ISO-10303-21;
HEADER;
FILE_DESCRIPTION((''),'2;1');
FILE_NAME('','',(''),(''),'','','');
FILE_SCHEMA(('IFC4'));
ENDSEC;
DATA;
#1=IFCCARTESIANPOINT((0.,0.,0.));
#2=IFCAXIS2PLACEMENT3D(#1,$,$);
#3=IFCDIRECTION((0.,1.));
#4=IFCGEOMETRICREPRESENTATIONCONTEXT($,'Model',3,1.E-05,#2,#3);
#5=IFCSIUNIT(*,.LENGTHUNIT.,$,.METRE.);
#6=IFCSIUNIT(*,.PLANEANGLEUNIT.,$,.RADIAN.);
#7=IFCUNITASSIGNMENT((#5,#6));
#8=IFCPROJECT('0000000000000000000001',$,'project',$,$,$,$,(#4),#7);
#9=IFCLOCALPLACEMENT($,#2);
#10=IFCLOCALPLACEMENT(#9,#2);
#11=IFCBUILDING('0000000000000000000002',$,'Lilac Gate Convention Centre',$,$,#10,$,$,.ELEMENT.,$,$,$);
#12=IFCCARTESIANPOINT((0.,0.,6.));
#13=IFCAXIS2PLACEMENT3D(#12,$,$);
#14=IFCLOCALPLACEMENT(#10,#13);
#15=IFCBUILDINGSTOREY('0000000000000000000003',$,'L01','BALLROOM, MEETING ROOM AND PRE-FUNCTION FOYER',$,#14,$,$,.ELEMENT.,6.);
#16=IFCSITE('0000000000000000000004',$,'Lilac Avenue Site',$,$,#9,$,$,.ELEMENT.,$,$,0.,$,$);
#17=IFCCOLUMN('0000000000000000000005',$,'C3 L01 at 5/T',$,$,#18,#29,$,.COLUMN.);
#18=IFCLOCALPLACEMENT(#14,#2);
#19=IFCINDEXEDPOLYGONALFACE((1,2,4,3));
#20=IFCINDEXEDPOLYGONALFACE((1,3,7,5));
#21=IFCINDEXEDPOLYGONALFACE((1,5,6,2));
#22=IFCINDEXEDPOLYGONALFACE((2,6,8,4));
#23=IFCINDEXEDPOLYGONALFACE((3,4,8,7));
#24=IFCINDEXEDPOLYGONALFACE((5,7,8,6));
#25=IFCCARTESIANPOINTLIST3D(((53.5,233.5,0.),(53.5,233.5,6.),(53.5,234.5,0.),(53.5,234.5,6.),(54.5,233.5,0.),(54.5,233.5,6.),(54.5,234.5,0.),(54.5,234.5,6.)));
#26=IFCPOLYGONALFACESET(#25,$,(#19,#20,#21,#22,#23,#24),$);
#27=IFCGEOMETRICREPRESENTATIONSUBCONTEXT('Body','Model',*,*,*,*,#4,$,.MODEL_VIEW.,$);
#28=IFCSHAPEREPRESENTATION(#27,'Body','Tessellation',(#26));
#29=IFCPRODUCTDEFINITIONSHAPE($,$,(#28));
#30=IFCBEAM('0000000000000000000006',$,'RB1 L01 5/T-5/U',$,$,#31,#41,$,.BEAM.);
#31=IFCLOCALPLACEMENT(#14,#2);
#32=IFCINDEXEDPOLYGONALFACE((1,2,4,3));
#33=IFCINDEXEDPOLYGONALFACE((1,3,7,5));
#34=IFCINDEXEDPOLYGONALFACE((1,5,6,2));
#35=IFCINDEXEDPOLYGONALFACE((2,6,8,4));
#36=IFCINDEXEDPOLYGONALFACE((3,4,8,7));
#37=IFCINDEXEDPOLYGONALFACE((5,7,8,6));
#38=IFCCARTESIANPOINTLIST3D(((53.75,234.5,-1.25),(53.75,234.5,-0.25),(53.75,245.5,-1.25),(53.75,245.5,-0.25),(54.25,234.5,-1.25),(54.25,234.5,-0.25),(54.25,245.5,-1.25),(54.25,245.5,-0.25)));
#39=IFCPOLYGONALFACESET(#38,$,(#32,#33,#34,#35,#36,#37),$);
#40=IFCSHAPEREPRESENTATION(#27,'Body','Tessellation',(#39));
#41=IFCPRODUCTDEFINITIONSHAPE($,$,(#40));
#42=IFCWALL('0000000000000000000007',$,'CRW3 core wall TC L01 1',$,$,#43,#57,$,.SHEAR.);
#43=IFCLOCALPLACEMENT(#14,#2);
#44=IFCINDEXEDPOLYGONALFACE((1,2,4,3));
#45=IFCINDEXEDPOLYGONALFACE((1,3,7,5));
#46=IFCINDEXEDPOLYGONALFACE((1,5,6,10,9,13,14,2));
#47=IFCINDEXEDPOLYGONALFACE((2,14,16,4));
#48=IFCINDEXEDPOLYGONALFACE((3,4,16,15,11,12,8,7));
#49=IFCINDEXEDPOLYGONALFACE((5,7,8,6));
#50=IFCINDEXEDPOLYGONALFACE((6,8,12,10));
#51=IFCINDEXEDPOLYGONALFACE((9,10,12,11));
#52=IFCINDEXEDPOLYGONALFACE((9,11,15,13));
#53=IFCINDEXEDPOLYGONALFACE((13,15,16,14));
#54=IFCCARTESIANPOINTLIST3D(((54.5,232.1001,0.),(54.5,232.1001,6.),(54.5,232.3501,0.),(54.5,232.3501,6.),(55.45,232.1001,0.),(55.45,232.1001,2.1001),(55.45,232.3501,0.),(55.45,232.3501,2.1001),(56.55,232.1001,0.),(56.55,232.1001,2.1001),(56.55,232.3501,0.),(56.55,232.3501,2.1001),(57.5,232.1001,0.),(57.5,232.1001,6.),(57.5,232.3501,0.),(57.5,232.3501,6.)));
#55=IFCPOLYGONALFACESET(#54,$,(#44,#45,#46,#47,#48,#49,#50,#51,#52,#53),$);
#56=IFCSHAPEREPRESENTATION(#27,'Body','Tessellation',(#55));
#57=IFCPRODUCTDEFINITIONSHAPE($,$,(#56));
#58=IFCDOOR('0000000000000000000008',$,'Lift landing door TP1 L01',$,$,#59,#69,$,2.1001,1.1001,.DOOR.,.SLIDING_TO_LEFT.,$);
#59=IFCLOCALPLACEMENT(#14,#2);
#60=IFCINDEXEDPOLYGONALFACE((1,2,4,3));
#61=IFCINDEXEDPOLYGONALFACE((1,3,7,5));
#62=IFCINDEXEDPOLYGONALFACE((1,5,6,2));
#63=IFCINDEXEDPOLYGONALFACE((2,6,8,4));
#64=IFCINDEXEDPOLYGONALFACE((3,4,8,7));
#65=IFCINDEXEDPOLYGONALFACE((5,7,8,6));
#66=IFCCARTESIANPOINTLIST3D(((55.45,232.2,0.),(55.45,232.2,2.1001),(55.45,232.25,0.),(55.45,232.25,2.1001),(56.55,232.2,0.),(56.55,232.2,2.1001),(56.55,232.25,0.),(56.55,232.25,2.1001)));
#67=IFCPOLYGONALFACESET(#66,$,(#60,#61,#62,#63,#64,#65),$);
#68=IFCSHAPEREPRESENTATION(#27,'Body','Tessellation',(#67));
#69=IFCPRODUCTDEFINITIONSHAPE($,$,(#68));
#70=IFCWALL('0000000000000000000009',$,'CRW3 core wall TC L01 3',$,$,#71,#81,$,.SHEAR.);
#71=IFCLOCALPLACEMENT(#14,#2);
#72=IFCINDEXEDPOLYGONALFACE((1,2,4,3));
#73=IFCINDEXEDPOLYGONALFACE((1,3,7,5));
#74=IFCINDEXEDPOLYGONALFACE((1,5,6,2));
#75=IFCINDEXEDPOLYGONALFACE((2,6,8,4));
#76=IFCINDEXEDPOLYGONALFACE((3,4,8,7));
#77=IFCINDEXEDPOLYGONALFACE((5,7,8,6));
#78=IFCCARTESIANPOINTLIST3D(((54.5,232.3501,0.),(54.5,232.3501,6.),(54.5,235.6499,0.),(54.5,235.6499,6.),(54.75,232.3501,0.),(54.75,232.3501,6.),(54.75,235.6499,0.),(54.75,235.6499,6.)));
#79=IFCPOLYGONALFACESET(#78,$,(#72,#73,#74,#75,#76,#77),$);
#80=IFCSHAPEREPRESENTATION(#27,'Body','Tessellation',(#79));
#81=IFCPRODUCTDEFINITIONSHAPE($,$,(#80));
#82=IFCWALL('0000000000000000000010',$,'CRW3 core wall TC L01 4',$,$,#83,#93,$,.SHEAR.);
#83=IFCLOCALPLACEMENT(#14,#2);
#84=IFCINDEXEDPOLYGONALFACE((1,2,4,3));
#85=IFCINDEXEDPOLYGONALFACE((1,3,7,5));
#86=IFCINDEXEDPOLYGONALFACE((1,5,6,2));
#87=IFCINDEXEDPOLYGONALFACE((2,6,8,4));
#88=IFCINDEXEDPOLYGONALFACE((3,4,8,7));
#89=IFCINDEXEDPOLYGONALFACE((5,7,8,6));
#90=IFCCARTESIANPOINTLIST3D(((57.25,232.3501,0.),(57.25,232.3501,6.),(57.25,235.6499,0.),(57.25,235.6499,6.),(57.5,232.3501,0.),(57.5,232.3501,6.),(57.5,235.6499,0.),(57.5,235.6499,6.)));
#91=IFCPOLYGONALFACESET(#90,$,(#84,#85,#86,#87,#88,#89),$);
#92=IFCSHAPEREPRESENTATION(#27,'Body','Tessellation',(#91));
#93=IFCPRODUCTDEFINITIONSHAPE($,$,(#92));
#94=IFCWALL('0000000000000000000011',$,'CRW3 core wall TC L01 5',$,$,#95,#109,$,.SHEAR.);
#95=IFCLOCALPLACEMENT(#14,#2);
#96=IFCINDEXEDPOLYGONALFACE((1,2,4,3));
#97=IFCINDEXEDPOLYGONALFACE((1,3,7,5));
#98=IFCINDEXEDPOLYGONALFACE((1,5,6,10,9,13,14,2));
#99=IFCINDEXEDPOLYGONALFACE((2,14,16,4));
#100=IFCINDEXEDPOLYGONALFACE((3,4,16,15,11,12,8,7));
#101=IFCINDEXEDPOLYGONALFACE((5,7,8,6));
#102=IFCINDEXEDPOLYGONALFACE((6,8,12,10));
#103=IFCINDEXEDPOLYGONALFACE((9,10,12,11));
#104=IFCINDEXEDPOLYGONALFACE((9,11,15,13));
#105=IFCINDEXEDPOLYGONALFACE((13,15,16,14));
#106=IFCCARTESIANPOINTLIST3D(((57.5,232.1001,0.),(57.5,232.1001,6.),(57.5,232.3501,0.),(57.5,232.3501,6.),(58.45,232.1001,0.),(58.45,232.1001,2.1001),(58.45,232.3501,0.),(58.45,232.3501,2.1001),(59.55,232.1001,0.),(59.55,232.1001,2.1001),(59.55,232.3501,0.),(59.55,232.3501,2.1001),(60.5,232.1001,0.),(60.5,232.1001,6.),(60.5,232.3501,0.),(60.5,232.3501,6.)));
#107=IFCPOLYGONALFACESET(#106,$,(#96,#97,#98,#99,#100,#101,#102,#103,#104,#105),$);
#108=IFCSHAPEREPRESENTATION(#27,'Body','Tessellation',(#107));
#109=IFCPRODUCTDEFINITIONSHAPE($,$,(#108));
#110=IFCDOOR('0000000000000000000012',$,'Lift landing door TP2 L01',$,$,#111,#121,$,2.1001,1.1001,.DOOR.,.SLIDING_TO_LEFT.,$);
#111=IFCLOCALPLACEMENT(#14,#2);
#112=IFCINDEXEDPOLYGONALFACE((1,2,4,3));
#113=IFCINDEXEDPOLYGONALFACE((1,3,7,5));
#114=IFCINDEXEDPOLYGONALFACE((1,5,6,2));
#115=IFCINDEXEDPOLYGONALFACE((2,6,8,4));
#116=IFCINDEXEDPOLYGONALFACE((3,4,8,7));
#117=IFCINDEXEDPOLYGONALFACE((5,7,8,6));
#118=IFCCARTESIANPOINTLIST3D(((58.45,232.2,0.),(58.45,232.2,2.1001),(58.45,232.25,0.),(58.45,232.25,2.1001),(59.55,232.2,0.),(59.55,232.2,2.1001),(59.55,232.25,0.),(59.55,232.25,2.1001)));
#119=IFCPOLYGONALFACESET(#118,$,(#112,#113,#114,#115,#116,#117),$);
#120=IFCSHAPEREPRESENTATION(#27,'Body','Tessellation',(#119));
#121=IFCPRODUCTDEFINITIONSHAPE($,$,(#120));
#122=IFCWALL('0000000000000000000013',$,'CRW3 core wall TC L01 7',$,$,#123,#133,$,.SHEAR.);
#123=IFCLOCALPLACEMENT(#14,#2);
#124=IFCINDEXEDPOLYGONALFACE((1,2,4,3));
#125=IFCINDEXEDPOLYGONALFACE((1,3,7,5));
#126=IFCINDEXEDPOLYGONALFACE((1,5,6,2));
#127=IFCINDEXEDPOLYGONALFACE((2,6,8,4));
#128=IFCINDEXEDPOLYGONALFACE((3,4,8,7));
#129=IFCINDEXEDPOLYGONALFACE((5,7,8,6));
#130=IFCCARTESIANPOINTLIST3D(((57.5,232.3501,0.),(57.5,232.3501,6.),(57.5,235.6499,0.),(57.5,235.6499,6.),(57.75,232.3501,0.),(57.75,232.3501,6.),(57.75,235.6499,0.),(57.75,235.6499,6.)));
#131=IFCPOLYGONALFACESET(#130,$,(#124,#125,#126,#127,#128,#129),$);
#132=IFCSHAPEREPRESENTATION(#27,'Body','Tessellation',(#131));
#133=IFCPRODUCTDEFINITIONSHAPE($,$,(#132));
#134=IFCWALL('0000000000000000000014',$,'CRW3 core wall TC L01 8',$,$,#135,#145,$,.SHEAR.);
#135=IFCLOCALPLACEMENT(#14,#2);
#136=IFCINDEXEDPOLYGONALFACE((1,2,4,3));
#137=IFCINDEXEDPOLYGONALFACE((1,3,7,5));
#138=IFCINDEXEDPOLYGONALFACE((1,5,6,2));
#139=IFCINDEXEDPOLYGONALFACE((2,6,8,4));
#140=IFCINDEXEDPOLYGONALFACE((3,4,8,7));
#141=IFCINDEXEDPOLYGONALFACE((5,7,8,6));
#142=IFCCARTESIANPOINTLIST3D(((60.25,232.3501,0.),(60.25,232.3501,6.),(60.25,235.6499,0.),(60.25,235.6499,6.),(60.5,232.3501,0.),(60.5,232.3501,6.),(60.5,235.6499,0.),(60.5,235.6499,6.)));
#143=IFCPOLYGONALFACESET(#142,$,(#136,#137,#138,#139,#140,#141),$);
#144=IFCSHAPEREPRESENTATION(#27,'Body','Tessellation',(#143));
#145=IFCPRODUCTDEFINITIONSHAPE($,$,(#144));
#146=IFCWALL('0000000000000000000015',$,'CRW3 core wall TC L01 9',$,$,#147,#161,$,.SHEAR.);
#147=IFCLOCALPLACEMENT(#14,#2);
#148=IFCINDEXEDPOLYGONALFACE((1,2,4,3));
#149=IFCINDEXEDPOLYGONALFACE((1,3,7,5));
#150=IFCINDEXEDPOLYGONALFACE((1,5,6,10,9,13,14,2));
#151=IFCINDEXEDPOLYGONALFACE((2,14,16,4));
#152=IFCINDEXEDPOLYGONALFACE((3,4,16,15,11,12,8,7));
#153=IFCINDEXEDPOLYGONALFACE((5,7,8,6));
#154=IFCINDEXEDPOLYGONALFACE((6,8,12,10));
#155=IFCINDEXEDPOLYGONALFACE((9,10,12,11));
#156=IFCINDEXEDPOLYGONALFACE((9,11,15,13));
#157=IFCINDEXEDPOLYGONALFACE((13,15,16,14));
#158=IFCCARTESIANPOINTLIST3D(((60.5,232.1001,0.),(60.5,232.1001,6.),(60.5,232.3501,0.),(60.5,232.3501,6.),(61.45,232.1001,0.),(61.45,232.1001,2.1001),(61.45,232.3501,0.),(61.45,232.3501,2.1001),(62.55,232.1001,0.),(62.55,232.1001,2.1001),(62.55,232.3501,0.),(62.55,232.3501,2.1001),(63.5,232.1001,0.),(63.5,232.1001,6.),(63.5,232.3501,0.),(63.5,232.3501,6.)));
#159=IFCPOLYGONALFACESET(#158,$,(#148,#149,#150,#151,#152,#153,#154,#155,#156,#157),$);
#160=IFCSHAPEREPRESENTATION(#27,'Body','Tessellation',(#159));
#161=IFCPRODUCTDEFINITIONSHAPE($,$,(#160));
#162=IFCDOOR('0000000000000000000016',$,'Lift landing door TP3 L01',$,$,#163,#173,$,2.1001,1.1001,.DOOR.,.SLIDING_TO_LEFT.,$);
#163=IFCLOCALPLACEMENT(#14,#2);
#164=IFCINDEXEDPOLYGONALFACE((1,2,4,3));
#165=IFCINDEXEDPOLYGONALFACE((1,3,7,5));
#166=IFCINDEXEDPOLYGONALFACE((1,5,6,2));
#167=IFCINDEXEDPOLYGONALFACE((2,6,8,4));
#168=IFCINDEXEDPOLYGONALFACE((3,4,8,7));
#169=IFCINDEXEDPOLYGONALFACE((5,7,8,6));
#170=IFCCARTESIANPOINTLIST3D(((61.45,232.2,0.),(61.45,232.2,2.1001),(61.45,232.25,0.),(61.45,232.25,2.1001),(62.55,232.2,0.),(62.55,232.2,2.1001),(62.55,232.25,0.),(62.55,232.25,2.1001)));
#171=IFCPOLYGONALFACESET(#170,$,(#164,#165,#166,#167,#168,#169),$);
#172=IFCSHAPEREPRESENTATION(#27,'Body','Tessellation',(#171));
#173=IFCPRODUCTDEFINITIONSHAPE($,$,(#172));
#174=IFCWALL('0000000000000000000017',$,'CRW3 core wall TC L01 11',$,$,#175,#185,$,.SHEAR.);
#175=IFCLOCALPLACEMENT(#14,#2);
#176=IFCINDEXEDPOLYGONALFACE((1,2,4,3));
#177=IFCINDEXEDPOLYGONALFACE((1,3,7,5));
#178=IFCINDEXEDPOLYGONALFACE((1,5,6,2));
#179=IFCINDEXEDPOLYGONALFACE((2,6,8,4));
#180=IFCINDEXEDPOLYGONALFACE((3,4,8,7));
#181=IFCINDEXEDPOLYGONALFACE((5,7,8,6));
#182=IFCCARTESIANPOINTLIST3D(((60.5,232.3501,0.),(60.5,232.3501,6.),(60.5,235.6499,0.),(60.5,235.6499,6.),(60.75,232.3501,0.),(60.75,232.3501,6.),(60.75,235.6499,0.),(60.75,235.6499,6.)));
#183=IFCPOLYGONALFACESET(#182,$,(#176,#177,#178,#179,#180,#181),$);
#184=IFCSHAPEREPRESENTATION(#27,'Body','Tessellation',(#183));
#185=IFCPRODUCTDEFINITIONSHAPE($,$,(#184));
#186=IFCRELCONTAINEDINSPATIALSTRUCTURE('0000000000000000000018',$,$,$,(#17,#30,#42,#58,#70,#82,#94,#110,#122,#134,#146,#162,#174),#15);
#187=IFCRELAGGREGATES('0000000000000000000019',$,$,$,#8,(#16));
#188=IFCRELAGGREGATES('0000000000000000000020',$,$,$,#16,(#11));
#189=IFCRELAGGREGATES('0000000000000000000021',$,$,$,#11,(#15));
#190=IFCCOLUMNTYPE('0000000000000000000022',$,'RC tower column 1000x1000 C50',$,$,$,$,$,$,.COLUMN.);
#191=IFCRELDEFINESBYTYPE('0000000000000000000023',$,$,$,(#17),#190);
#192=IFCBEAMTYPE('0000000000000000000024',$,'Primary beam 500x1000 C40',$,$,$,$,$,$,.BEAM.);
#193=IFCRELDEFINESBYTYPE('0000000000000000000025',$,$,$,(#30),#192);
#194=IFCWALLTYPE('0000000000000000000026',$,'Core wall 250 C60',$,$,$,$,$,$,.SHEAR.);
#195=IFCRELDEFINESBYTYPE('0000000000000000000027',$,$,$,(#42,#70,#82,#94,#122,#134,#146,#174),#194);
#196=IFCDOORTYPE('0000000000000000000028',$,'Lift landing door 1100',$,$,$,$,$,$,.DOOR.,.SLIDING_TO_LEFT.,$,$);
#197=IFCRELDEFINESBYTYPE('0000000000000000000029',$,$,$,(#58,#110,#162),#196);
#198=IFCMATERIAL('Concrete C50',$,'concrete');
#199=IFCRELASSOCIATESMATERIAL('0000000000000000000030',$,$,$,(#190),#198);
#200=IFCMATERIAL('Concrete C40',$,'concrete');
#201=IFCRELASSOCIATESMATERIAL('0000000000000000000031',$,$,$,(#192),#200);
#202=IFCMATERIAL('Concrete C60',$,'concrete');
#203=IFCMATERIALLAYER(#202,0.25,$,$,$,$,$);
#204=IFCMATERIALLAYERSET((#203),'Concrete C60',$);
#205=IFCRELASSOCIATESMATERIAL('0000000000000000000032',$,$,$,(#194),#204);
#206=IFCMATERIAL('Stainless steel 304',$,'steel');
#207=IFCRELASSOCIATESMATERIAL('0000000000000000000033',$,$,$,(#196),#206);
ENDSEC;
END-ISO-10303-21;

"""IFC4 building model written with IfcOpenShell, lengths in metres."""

from ifc_helpers import new_model, si_unit, direction, frame, frame_2d, origin, origin_2d, place, context, subcontext, project, spatial, rectangle, extrude, material, layer, layer_set, material_profile, profile_set, type_object, element, fill, save


model = new_model("IFC4")

# Units and contexts
model_context = context("Model", 3, precision=1e-05, world=origin(), true_north=direction((0.0, 1.0)))
body_context = subcontext(model_context, "Body", "Model", "MODEL_VIEW")
ifc_project = project(units=[si_unit("LENGTHUNIT", "METRE"), si_unit("PLANEANGLEUNIT", "RADIAN")], contexts=[model_context])

# Site, building, storey
site_placement = place(None, origin())
site = spatial("IfcSite", under=ifc_project, at=site_placement, Name="Lilac Avenue Site", CompositionType="ELEMENT", RefElevation=0.0)
building_placement = place(site_placement, origin())
building = spatial("IfcBuilding", under=site, at=building_placement, Name="Lilac Gate Convention Centre", CompositionType="ELEMENT")
storey_placement = place(building_placement, frame((0.0, 0.0, 6.0)))
storey = spatial("IfcBuildingStorey", under=building, at=storey_placement, Name="L01", Description="BALLROOM, MEETING ROOM AND PRE-FUNCTION FOYER", CompositionType="ELEMENT", Elevation=6.0)

# Column
ifc_material_1 = material(Name="Concrete C50", Category="concrete")
ifc_material_profile_1 = material_profile(ifc_material_1, rectangle(XDim=1.0, YDim=1.0, at=origin_2d()), Name="RC 1000x1000")
ifc_profile_set_1 = profile_set([ifc_material_profile_1], Name="Concrete C50")
column_type = type_object("IfcColumnType", Name="RC tower column 1000x1000 C50", PredefinedType="COLUMN", material=ifc_profile_set_1)
column_placement = place(storey_placement, frame((54.0, 234.0, 0.0), z_axis=(0.0, 0.0, 1.0), x_axis=(1.0, 0.0, 0.0)))
element("IfcColumn", 1, at=column_placement, inside=storey, type_object=column_type, Name="C3 L01 at 5/T", PredefinedType="COLUMN", context=body_context, shape_type="SweptSolid", body=[
    extrude(rectangle(XDim=1.0, YDim=1.0, at=origin_2d()), origin(), (0.0, 0.0, 1.0), 6.0),
])

# Beam
ifc_material_2 = material(Name="Concrete C40", Category="concrete")
ifc_material_profile_2 = material_profile(ifc_material_2, rectangle(XDim=0.5, YDim=1.0, at=origin_2d()), Name="RC 500x1000")
ifc_profile_set_2 = profile_set([ifc_material_profile_2], Name="Concrete C40")
beam_type = type_object("IfcBeamType", Name="Primary beam 500x1000 C40", PredefinedType="BEAM", material=ifc_profile_set_2)
beam_placement = place(storey_placement, frame((54.0, 234.5, -0.75), z_axis=(0.0, 1.0, 0.0), x_axis=(-1.0, 0.0, 0.0)))
element("IfcBeam", 2, at=beam_placement, inside=storey, type_object=beam_type, Name="RB1 L01 5/T-5/U", PredefinedType="BEAM", context=body_context, shape_type="SweptSolid", body=[
    extrude(rectangle(XDim=0.5, YDim=1.0, at=origin_2d()), origin(), (0.0, 0.0, 1.0), 11.0),
])

# Wall, opening, door
ifc_material_3 = material(Name="Concrete C60", Category="concrete")
ifc_layer = layer(ifc_material_3, 0.25)
ifc_layer_set = layer_set([ifc_layer], Name="Concrete C60")
wall_type = type_object("IfcWallType", Name="Core wall 250 C60", PredefinedType="SHEAR", material=ifc_layer_set)
wall_1_placement = place(storey_placement, frame((54.5, 232.2251, 0.0), z_axis=(0.0, 0.0, 1.0), x_axis=(1.0, 0.0, 0.0)))
wall_1 = element("IfcWall", 3, at=wall_1_placement, inside=storey, type_object=wall_type, Name="CRW3 core wall TC L01 1", PredefinedType="SHEAR", context=body_context, shape_type="SweptSolid", body=[
    extrude(rectangle(XDim=3.0, YDim=0.25, at=frame_2d((1.5, 0.0))), origin(), (0.0, 0.0, 1.0), 6.0),
])
opening_1_placement = place(wall_1_placement, frame((0.95, 0.0, 0.0)))
opening_1 = element("IfcOpeningElement", 4, at=opening_1_placement, cuts=wall_1, PredefinedType="OPENING", context=body_context, shape_type="SweptSolid", body=[
    extrude(rectangle(XDim=1.1001, YDim=2.1001, at=frame_2d((0.55, 1.05))), frame((0.0, 0.135, 0.0), z_axis=(0.0, -1.0, 0.0), x_axis=(1.0, 0.0, 0.0)), (0.0, 0.0, 1.0), 0.27),
])
ifc_material_4 = material(Name="Stainless steel 304", Category="steel")
door_type = type_object("IfcDoorType", Name="Lift landing door 1100", OperationType="SLIDING_TO_LEFT", PredefinedType="DOOR", material=ifc_material_4)
door_1_placement = place(opening_1_placement, origin())
door_1 = element("IfcDoor", 5, at=door_1_placement, inside=storey, type_object=door_type, Name="Lift landing door TP1 L01", OperationType="SLIDING_TO_LEFT", OverallHeight=2.1001, OverallWidth=1.1001, PredefinedType="DOOR", context=body_context, shape_type="SweptSolid", body=[
    extrude(rectangle(XDim=1.1001, YDim=2.1001, at=frame_2d((0.55, 1.05))), frame((0.0, 0.0249, 0.0), z_axis=(0.0, -1.0, 0.0), x_axis=(1.0, 0.0, 0.0)), (0.0, 0.0, 1.0), 0.05),
])
fill(opening_1, door_1)

# Walls
for number, where, z_axis, x_axis, name in (
    (6, (54.625, 232.3501, 0.0), (0.0, 0.0, 1.0), (0.0, 1.0, 0.0), "CRW3 core wall TC L01 3"),
    (7, (57.375, 232.3501, 0.0), (0.0, 0.0, 1.0), (0.0, 1.0, 0.0), "CRW3 core wall TC L01 4"),
):
    element("IfcWall", number, at=place(storey_placement, frame(where, z_axis=z_axis, x_axis=x_axis)), inside=storey, type_object=wall_type, Name=name, PredefinedType="SHEAR", context=body_context, shape_type="SweptSolid", body=[
        extrude(rectangle(XDim=3.2998, YDim=0.25, at=frame_2d((1.6499, 0.0))), origin(), (0.0, 0.0, 1.0), 6.0),
    ])

# Wall, opening, door
wall_2_placement = place(storey_placement, frame((57.5, 232.2251, 0.0), z_axis=(0.0, 0.0, 1.0), x_axis=(1.0, 0.0, 0.0)))
wall_2 = element("IfcWall", 8, at=wall_2_placement, inside=storey, type_object=wall_type, Name="CRW3 core wall TC L01 5", PredefinedType="SHEAR", context=body_context, shape_type="SweptSolid", body=[
    extrude(rectangle(XDim=3.0, YDim=0.25, at=frame_2d((1.5, 0.0))), origin(), (0.0, 0.0, 1.0), 6.0),
])
opening_2_placement = place(wall_2_placement, frame((0.95, 0.0, 0.0)))
opening_2 = element("IfcOpeningElement", 9, at=opening_2_placement, cuts=wall_2, PredefinedType="OPENING", context=body_context, shape_type="SweptSolid", body=[
    extrude(rectangle(XDim=1.1001, YDim=2.1001, at=frame_2d((0.55, 1.05))), frame((0.0, 0.135, 0.0), z_axis=(0.0, -1.0, 0.0), x_axis=(1.0, 0.0, 0.0)), (0.0, 0.0, 1.0), 0.27),
])
door_2_placement = place(opening_2_placement, origin())
door_2 = element("IfcDoor", 10, at=door_2_placement, inside=storey, type_object=door_type, Name="Lift landing door TP2 L01", OperationType="SLIDING_TO_LEFT", OverallHeight=2.1001, OverallWidth=1.1001, PredefinedType="DOOR", context=body_context, shape_type="SweptSolid", body=[
    extrude(rectangle(XDim=1.1001, YDim=2.1001, at=frame_2d((0.55, 1.05))), frame((0.0, 0.0249, 0.0), z_axis=(0.0, -1.0, 0.0), x_axis=(1.0, 0.0, 0.0)), (0.0, 0.0, 1.0), 0.05),
])
fill(opening_2, door_2)

# Walls
for number, where, z_axis, x_axis, name in (
    (11, (57.625, 232.3501, 0.0), (0.0, 0.0, 1.0), (0.0, 1.0, 0.0), "CRW3 core wall TC L01 7"),
    (12, (60.375, 232.3501, 0.0), (0.0, 0.0, 1.0), (0.0, 1.0, 0.0), "CRW3 core wall TC L01 8"),
):
    element("IfcWall", number, at=place(storey_placement, frame(where, z_axis=z_axis, x_axis=x_axis)), inside=storey, type_object=wall_type, Name=name, PredefinedType="SHEAR", context=body_context, shape_type="SweptSolid", body=[
        extrude(rectangle(XDim=3.2998, YDim=0.25, at=frame_2d((1.6499, 0.0))), origin(), (0.0, 0.0, 1.0), 6.0),
    ])

# Wall, opening, door
wall_3_placement = place(storey_placement, frame((60.5, 232.2251, 0.0), z_axis=(0.0, 0.0, 1.0), x_axis=(1.0, 0.0, 0.0)))
wall_3 = element("IfcWall", 13, at=wall_3_placement, inside=storey, type_object=wall_type, Name="CRW3 core wall TC L01 9", PredefinedType="SHEAR", context=body_context, shape_type="SweptSolid", body=[
    extrude(rectangle(XDim=3.0, YDim=0.25, at=frame_2d((1.5, 0.0))), origin(), (0.0, 0.0, 1.0), 6.0),
])
opening_3_placement = place(wall_3_placement, frame((0.95, 0.0, 0.0)))
opening_3 = element("IfcOpeningElement", 14, at=opening_3_placement, cuts=wall_3, PredefinedType="OPENING", context=body_context, shape_type="SweptSolid", body=[
    extrude(rectangle(XDim=1.1001, YDim=2.1001, at=frame_2d((0.55, 1.05))), frame((0.0, 0.135, 0.0), z_axis=(0.0, -1.0, 0.0), x_axis=(1.0, 0.0, 0.0)), (0.0, 0.0, 1.0), 0.27),
])
door_3_placement = place(opening_3_placement, origin())
door_3 = element("IfcDoor", 15, at=door_3_placement, inside=storey, type_object=door_type, Name="Lift landing door TP3 L01", OperationType="SLIDING_TO_LEFT", OverallHeight=2.1001, OverallWidth=1.1001, PredefinedType="DOOR", context=body_context, shape_type="SweptSolid", body=[
    extrude(rectangle(XDim=1.1001, YDim=2.1001, at=frame_2d((0.55, 1.05))), frame((0.0, 0.0249, 0.0), z_axis=(0.0, -1.0, 0.0), x_axis=(1.0, 0.0, 0.0)), (0.0, 0.0, 1.0), 0.05),
])
fill(opening_3, door_3)

# Wall
for number, where, z_axis, x_axis, name in (
    (16, (60.625, 232.3501, 0.0), (0.0, 0.0, 1.0), (0.0, 1.0, 0.0), "CRW3 core wall TC L01 11"),
):
    element("IfcWall", number, at=place(storey_placement, frame(where, z_axis=z_axis, x_axis=x_axis)), inside=storey, type_object=wall_type, Name=name, PredefinedType="SHEAR", context=body_context, shape_type="SweptSolid", body=[
        extrude(rectangle(XDim=3.2998, YDim=0.25, at=frame_2d((1.6499, 0.0))), origin(), (0.0, 0.0, 1.0), 6.0),
    ])

save(model, "model.ifc")
